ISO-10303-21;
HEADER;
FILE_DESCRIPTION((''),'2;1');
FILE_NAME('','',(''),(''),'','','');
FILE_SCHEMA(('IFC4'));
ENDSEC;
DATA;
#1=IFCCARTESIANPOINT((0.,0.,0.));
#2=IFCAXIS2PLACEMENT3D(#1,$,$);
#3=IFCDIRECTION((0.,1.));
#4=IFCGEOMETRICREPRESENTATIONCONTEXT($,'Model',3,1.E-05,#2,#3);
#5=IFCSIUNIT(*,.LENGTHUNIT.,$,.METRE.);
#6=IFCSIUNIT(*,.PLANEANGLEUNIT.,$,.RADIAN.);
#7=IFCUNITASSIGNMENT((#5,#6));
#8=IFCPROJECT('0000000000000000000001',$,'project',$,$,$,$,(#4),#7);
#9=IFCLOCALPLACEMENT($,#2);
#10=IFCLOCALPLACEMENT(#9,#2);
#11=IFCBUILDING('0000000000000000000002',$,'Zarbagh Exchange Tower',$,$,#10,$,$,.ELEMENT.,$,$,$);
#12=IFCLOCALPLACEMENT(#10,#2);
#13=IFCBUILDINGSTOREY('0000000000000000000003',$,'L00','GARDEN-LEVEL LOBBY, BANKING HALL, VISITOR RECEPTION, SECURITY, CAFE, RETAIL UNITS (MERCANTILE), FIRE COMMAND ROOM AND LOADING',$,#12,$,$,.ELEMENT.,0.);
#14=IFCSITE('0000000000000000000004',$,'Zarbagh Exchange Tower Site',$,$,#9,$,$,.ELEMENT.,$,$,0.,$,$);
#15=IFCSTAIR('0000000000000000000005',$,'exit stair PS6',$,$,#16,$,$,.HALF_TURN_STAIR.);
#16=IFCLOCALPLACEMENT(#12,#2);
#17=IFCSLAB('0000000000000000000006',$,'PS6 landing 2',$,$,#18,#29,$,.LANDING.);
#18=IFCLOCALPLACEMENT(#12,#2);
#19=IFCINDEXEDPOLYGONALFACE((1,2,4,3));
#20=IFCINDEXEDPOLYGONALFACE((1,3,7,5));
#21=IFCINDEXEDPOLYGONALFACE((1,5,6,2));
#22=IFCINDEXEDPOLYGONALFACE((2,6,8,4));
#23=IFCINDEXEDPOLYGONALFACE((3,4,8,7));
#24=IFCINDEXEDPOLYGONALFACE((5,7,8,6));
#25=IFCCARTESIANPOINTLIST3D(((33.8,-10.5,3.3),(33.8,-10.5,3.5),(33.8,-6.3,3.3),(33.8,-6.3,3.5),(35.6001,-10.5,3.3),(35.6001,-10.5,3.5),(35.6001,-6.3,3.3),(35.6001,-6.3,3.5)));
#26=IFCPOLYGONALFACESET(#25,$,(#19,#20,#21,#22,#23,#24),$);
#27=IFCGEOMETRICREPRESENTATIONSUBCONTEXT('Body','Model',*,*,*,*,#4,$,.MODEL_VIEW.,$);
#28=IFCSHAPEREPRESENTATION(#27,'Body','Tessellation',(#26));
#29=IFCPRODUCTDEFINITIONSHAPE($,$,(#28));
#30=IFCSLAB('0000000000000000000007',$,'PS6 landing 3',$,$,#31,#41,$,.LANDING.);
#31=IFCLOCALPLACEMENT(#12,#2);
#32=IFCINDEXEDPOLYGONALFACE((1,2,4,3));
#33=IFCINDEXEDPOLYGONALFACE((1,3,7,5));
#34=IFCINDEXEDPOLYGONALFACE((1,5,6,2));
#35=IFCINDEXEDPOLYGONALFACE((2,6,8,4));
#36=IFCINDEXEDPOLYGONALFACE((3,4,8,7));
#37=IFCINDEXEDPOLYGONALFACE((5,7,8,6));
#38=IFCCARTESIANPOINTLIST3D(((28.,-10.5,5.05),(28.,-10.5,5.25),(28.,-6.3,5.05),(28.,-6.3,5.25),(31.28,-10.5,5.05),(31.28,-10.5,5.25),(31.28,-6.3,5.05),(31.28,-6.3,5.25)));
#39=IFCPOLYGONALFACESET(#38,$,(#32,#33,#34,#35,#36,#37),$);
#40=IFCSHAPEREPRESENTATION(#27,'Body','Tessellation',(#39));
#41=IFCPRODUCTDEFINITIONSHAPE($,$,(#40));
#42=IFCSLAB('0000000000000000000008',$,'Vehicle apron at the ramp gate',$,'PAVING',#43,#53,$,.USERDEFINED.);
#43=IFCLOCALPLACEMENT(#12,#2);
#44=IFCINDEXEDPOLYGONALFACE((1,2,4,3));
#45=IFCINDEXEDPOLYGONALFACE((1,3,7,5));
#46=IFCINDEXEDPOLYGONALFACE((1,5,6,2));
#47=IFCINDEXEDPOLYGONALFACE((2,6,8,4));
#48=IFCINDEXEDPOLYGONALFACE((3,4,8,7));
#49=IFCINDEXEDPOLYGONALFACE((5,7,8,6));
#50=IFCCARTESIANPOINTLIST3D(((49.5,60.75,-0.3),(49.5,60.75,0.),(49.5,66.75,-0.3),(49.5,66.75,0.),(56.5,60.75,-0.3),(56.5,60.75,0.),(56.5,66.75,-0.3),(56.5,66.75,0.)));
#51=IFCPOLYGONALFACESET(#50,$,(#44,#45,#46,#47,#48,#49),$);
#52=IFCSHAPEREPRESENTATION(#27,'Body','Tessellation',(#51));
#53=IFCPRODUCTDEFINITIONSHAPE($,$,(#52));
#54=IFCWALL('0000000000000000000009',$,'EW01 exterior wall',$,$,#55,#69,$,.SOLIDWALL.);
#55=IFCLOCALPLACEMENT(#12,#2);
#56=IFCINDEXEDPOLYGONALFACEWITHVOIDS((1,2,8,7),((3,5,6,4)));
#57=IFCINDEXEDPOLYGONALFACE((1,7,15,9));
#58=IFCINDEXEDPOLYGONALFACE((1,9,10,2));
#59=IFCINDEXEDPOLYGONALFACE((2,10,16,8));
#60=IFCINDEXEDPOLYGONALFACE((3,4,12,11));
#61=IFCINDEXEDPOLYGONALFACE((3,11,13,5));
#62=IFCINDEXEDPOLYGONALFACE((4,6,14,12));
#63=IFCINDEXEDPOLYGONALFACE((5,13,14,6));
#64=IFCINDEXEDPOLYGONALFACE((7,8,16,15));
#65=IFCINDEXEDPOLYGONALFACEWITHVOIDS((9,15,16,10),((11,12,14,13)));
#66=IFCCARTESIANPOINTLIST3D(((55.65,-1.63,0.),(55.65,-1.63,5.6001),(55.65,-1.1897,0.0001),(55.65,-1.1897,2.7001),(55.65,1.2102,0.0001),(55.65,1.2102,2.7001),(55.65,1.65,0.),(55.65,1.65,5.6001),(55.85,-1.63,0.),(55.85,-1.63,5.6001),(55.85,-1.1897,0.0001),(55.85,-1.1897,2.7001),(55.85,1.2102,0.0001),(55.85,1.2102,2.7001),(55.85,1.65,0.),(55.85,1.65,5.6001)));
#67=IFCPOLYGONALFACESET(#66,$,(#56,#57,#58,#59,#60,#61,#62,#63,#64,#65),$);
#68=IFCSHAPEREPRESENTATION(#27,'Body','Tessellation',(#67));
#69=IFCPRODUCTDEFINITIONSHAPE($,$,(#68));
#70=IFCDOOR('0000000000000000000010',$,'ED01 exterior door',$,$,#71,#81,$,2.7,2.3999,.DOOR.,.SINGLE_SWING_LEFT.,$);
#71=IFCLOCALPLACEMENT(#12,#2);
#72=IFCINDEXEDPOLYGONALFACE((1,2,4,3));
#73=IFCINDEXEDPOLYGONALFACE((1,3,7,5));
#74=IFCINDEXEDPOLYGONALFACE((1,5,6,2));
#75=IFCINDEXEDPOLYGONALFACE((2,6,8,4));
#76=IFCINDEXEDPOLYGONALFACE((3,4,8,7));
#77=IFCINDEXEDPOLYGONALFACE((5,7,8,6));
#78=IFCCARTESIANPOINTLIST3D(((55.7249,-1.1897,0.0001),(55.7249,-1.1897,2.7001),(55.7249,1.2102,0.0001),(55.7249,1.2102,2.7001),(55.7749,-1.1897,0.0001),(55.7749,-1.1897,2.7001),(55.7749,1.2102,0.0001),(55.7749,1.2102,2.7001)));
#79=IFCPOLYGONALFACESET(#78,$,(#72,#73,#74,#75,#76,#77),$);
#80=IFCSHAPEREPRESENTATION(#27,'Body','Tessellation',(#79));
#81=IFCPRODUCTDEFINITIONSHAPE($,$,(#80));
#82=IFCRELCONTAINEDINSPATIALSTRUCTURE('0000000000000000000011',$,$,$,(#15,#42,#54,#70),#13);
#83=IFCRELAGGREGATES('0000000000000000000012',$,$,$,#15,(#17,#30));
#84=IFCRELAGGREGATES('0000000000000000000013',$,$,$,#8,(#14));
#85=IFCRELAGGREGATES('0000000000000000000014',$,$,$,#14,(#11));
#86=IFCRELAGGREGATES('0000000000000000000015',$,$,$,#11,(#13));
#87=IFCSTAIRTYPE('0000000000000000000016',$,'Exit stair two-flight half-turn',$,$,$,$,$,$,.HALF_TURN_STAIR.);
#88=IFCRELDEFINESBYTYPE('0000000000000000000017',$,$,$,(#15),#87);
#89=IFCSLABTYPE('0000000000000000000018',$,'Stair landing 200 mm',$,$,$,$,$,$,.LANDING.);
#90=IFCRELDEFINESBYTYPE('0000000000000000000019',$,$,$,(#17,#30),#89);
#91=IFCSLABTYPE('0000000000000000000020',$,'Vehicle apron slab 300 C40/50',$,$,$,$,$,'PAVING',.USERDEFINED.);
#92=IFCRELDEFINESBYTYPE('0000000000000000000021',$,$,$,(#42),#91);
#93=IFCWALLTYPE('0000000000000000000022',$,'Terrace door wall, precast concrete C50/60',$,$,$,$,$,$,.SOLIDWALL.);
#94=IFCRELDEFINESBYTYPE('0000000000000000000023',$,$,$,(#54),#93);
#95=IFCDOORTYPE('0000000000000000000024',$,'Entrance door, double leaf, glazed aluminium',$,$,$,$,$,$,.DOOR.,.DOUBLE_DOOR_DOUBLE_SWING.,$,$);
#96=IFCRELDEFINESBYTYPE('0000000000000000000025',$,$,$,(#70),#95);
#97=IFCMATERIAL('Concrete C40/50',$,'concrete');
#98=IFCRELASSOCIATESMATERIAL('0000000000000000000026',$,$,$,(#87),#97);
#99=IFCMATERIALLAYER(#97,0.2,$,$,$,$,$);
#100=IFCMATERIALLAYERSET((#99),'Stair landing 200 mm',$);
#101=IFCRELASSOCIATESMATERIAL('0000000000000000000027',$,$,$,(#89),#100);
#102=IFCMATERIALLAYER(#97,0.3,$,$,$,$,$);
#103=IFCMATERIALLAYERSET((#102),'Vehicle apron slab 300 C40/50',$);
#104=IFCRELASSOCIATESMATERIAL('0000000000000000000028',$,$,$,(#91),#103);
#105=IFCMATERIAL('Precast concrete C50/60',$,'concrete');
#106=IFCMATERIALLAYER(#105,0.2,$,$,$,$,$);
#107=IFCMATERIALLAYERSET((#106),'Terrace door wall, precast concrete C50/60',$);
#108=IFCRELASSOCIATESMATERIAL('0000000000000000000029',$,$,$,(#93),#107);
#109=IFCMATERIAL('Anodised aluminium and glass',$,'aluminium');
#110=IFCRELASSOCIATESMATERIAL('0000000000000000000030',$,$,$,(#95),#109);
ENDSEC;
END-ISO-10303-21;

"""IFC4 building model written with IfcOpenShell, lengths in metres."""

from ifc_helpers import new_model, si_unit, direction, frame, frame_2d, origin, place, context, subcontext, project, spatial, polyline, rectangle, outline, extrude, material, layer, layer_set, type_object, element, fill, aggregate, save


model = new_model("IFC4")

# Units and contexts
model_context = context("Model", 3, precision=1e-05, world=origin(), true_north=direction((0.0, 1.0)))
body_context = subcontext(model_context, "Body", "Model", "MODEL_VIEW")
ifc_project = project(units=[si_unit("LENGTHUNIT", "METRE"), si_unit("PLANEANGLEUNIT", "RADIAN")], contexts=[model_context])

# Site, building, storey
site_placement = place(None, origin())
site = spatial("IfcSite", under=ifc_project, at=site_placement, Name="Zarbagh Exchange Tower Site", CompositionType="ELEMENT", RefElevation=0.0)
building_placement = place(site_placement, origin())
building = spatial("IfcBuilding", under=site, at=building_placement, Name="Zarbagh Exchange Tower", CompositionType="ELEMENT")
storey_placement = place(building_placement, origin())
storey = spatial("IfcBuildingStorey", under=building, at=storey_placement, Name="L00", Description="GARDEN-LEVEL LOBBY, BANKING HALL, VISITOR RECEPTION, SECURITY, CAFE, RETAIL UNITS (MERCANTILE), FIRE COMMAND ROOM AND LOADING", CompositionType="ELEMENT", Elevation=0.0)

# Stair, slabs
ifc_material_1 = material(Name="Concrete C40/50", Category="concrete")
stair_type = type_object("IfcStairType", Name="Exit stair two-flight half-turn", PredefinedType="HALF_TURN_STAIR", material=ifc_material_1)
ifc_layer_1 = layer(ifc_material_1, 0.2)
ifc_layer_set_1 = layer_set([ifc_layer_1], Name="Stair landing 200 mm")
slab_type_1 = type_object("IfcSlabType", Name="Stair landing 200 mm", PredefinedType="LANDING", material=ifc_layer_set_1)
stair_1_placement = place(storey_placement, origin())
stair_1 = element("IfcStair", 1, at=stair_1_placement, inside=storey, type_object=stair_type, Name="exit stair PS6", PredefinedType="HALF_TURN_STAIR")
slab_1_placement = place(storey_placement, frame((0.0, 0.0, 3.3)))
slab_1 = element("IfcSlab", 2, at=slab_1_placement, type_object=slab_type_1, Name="PS6 landing 2", PredefinedType="LANDING", context=body_context, shape_type="SweptSolid", body=[
    extrude(outline(polyline([(35.6001, -6.3), (33.8, -6.3), (33.8, -10.5), (35.6001, -10.5), (35.6001, -6.3)])), origin(), (0.0, 0.0, 1.0), 0.2),
])
slab_2_placement = place(storey_placement, frame((0.0, 0.0, 5.05)))
slab_2 = element("IfcSlab", 3, at=slab_2_placement, type_object=slab_type_1, Name="PS6 landing 3", PredefinedType="LANDING", context=body_context, shape_type="SweptSolid", body=[
    extrude(outline(polyline([(31.28, -6.3), (28.0, -6.3), (28.0, -10.5), (31.28, -10.5), (31.28, -6.3)])), origin(), (0.0, 0.0, 1.0), 0.2),
])
aggregate(stair_1, [slab_1, slab_2])

# Slab
ifc_layer_2 = layer(ifc_material_1, 0.3)
ifc_layer_set_2 = layer_set([ifc_layer_2], Name="Vehicle apron slab 300 C40/50")
slab_type_2 = type_object("IfcSlabType", Name="Vehicle apron slab 300 C40/50", ElementType="PAVING", PredefinedType="USERDEFINED", material=ifc_layer_set_2)
slab_3_placement = place(storey_placement, frame((0.0, 0.0, -0.3)))
element("IfcSlab", 4, at=slab_3_placement, inside=storey, type_object=slab_type_2, Name="Vehicle apron at the ramp gate", ObjectType="PAVING", PredefinedType="USERDEFINED", context=body_context, shape_type="SweptSolid", body=[
    extrude(outline(polyline([(49.5, 60.75), (56.5, 60.75), (56.5, 66.75), (49.5, 66.75), (49.5, 60.75)])), origin(), (0.0, 0.0, 1.0), 0.3),
])

# Wall, opening, door
ifc_material_2 = material(Name="Precast concrete C50/60", Category="concrete")
ifc_layer_3 = layer(ifc_material_2, 0.2)
ifc_layer_set_3 = layer_set([ifc_layer_3], Name="Terrace door wall, precast concrete C50/60")
wall_type = type_object("IfcWallType", Name="Terrace door wall, precast concrete C50/60", PredefinedType="SOLIDWALL", material=ifc_layer_set_3)
wall_placement = place(storey_placement, frame((55.75, 1.6501, 0.0), z_axis=(0.0, 0.0, 1.0), x_axis=(0.0, -1.0, 0.0)))
wall = element("IfcWall", 5, at=wall_placement, inside=storey, type_object=wall_type, Name="EW01 exterior wall", PredefinedType="SOLIDWALL", context=body_context, shape_type="SweptSolid", body=[
    extrude(rectangle(XDim=3.28, YDim=0.2, at=frame_2d((1.6401, 0.0))), origin(), (0.0, 0.0, 1.0), 5.6001),
])
opening_placement = place(wall_placement, frame((0.4399, 0.0, 0.0)))
opening = element("IfcOpeningElement", 6, at=opening_placement, cuts=wall, PredefinedType="OPENING", context=body_context, shape_type="SweptSolid", body=[
    extrude(rectangle(XDim=2.3999, YDim=2.7, at=frame_2d((1.2, 1.3501))), frame((0.0, 0.1099, 0.0), z_axis=(0.0, -1.0, 0.0), x_axis=(1.0, 0.0, 0.0)), (0.0, 0.0, 1.0), 0.22),
])
ifc_material_3 = material(Name="Anodised aluminium and glass", Category="aluminium")
door_type = type_object("IfcDoorType", Name="Entrance door, double leaf, glazed aluminium", OperationType="DOUBLE_DOOR_DOUBLE_SWING", PredefinedType="DOOR", material=ifc_material_3)
door_placement = place(opening_placement, origin())
door = element("IfcDoor", 7, at=door_placement, inside=storey, type_object=door_type, Name="ED01 exterior door", OperationType="SINGLE_SWING_LEFT", OverallHeight=2.7, OverallWidth=2.3999, PredefinedType="DOOR", context=body_context, shape_type="SweptSolid", body=[
    extrude(rectangle(XDim=2.3999, YDim=2.7, at=frame_2d((1.2, 1.3501))), frame((0.0, 0.0249, 0.0), z_axis=(0.0, -1.0, 0.0), x_axis=(1.0, 0.0, 0.0)), (0.0, 0.0, 1.0), 0.05),
])
fill(opening, door)

save(model, "model.ifc")
